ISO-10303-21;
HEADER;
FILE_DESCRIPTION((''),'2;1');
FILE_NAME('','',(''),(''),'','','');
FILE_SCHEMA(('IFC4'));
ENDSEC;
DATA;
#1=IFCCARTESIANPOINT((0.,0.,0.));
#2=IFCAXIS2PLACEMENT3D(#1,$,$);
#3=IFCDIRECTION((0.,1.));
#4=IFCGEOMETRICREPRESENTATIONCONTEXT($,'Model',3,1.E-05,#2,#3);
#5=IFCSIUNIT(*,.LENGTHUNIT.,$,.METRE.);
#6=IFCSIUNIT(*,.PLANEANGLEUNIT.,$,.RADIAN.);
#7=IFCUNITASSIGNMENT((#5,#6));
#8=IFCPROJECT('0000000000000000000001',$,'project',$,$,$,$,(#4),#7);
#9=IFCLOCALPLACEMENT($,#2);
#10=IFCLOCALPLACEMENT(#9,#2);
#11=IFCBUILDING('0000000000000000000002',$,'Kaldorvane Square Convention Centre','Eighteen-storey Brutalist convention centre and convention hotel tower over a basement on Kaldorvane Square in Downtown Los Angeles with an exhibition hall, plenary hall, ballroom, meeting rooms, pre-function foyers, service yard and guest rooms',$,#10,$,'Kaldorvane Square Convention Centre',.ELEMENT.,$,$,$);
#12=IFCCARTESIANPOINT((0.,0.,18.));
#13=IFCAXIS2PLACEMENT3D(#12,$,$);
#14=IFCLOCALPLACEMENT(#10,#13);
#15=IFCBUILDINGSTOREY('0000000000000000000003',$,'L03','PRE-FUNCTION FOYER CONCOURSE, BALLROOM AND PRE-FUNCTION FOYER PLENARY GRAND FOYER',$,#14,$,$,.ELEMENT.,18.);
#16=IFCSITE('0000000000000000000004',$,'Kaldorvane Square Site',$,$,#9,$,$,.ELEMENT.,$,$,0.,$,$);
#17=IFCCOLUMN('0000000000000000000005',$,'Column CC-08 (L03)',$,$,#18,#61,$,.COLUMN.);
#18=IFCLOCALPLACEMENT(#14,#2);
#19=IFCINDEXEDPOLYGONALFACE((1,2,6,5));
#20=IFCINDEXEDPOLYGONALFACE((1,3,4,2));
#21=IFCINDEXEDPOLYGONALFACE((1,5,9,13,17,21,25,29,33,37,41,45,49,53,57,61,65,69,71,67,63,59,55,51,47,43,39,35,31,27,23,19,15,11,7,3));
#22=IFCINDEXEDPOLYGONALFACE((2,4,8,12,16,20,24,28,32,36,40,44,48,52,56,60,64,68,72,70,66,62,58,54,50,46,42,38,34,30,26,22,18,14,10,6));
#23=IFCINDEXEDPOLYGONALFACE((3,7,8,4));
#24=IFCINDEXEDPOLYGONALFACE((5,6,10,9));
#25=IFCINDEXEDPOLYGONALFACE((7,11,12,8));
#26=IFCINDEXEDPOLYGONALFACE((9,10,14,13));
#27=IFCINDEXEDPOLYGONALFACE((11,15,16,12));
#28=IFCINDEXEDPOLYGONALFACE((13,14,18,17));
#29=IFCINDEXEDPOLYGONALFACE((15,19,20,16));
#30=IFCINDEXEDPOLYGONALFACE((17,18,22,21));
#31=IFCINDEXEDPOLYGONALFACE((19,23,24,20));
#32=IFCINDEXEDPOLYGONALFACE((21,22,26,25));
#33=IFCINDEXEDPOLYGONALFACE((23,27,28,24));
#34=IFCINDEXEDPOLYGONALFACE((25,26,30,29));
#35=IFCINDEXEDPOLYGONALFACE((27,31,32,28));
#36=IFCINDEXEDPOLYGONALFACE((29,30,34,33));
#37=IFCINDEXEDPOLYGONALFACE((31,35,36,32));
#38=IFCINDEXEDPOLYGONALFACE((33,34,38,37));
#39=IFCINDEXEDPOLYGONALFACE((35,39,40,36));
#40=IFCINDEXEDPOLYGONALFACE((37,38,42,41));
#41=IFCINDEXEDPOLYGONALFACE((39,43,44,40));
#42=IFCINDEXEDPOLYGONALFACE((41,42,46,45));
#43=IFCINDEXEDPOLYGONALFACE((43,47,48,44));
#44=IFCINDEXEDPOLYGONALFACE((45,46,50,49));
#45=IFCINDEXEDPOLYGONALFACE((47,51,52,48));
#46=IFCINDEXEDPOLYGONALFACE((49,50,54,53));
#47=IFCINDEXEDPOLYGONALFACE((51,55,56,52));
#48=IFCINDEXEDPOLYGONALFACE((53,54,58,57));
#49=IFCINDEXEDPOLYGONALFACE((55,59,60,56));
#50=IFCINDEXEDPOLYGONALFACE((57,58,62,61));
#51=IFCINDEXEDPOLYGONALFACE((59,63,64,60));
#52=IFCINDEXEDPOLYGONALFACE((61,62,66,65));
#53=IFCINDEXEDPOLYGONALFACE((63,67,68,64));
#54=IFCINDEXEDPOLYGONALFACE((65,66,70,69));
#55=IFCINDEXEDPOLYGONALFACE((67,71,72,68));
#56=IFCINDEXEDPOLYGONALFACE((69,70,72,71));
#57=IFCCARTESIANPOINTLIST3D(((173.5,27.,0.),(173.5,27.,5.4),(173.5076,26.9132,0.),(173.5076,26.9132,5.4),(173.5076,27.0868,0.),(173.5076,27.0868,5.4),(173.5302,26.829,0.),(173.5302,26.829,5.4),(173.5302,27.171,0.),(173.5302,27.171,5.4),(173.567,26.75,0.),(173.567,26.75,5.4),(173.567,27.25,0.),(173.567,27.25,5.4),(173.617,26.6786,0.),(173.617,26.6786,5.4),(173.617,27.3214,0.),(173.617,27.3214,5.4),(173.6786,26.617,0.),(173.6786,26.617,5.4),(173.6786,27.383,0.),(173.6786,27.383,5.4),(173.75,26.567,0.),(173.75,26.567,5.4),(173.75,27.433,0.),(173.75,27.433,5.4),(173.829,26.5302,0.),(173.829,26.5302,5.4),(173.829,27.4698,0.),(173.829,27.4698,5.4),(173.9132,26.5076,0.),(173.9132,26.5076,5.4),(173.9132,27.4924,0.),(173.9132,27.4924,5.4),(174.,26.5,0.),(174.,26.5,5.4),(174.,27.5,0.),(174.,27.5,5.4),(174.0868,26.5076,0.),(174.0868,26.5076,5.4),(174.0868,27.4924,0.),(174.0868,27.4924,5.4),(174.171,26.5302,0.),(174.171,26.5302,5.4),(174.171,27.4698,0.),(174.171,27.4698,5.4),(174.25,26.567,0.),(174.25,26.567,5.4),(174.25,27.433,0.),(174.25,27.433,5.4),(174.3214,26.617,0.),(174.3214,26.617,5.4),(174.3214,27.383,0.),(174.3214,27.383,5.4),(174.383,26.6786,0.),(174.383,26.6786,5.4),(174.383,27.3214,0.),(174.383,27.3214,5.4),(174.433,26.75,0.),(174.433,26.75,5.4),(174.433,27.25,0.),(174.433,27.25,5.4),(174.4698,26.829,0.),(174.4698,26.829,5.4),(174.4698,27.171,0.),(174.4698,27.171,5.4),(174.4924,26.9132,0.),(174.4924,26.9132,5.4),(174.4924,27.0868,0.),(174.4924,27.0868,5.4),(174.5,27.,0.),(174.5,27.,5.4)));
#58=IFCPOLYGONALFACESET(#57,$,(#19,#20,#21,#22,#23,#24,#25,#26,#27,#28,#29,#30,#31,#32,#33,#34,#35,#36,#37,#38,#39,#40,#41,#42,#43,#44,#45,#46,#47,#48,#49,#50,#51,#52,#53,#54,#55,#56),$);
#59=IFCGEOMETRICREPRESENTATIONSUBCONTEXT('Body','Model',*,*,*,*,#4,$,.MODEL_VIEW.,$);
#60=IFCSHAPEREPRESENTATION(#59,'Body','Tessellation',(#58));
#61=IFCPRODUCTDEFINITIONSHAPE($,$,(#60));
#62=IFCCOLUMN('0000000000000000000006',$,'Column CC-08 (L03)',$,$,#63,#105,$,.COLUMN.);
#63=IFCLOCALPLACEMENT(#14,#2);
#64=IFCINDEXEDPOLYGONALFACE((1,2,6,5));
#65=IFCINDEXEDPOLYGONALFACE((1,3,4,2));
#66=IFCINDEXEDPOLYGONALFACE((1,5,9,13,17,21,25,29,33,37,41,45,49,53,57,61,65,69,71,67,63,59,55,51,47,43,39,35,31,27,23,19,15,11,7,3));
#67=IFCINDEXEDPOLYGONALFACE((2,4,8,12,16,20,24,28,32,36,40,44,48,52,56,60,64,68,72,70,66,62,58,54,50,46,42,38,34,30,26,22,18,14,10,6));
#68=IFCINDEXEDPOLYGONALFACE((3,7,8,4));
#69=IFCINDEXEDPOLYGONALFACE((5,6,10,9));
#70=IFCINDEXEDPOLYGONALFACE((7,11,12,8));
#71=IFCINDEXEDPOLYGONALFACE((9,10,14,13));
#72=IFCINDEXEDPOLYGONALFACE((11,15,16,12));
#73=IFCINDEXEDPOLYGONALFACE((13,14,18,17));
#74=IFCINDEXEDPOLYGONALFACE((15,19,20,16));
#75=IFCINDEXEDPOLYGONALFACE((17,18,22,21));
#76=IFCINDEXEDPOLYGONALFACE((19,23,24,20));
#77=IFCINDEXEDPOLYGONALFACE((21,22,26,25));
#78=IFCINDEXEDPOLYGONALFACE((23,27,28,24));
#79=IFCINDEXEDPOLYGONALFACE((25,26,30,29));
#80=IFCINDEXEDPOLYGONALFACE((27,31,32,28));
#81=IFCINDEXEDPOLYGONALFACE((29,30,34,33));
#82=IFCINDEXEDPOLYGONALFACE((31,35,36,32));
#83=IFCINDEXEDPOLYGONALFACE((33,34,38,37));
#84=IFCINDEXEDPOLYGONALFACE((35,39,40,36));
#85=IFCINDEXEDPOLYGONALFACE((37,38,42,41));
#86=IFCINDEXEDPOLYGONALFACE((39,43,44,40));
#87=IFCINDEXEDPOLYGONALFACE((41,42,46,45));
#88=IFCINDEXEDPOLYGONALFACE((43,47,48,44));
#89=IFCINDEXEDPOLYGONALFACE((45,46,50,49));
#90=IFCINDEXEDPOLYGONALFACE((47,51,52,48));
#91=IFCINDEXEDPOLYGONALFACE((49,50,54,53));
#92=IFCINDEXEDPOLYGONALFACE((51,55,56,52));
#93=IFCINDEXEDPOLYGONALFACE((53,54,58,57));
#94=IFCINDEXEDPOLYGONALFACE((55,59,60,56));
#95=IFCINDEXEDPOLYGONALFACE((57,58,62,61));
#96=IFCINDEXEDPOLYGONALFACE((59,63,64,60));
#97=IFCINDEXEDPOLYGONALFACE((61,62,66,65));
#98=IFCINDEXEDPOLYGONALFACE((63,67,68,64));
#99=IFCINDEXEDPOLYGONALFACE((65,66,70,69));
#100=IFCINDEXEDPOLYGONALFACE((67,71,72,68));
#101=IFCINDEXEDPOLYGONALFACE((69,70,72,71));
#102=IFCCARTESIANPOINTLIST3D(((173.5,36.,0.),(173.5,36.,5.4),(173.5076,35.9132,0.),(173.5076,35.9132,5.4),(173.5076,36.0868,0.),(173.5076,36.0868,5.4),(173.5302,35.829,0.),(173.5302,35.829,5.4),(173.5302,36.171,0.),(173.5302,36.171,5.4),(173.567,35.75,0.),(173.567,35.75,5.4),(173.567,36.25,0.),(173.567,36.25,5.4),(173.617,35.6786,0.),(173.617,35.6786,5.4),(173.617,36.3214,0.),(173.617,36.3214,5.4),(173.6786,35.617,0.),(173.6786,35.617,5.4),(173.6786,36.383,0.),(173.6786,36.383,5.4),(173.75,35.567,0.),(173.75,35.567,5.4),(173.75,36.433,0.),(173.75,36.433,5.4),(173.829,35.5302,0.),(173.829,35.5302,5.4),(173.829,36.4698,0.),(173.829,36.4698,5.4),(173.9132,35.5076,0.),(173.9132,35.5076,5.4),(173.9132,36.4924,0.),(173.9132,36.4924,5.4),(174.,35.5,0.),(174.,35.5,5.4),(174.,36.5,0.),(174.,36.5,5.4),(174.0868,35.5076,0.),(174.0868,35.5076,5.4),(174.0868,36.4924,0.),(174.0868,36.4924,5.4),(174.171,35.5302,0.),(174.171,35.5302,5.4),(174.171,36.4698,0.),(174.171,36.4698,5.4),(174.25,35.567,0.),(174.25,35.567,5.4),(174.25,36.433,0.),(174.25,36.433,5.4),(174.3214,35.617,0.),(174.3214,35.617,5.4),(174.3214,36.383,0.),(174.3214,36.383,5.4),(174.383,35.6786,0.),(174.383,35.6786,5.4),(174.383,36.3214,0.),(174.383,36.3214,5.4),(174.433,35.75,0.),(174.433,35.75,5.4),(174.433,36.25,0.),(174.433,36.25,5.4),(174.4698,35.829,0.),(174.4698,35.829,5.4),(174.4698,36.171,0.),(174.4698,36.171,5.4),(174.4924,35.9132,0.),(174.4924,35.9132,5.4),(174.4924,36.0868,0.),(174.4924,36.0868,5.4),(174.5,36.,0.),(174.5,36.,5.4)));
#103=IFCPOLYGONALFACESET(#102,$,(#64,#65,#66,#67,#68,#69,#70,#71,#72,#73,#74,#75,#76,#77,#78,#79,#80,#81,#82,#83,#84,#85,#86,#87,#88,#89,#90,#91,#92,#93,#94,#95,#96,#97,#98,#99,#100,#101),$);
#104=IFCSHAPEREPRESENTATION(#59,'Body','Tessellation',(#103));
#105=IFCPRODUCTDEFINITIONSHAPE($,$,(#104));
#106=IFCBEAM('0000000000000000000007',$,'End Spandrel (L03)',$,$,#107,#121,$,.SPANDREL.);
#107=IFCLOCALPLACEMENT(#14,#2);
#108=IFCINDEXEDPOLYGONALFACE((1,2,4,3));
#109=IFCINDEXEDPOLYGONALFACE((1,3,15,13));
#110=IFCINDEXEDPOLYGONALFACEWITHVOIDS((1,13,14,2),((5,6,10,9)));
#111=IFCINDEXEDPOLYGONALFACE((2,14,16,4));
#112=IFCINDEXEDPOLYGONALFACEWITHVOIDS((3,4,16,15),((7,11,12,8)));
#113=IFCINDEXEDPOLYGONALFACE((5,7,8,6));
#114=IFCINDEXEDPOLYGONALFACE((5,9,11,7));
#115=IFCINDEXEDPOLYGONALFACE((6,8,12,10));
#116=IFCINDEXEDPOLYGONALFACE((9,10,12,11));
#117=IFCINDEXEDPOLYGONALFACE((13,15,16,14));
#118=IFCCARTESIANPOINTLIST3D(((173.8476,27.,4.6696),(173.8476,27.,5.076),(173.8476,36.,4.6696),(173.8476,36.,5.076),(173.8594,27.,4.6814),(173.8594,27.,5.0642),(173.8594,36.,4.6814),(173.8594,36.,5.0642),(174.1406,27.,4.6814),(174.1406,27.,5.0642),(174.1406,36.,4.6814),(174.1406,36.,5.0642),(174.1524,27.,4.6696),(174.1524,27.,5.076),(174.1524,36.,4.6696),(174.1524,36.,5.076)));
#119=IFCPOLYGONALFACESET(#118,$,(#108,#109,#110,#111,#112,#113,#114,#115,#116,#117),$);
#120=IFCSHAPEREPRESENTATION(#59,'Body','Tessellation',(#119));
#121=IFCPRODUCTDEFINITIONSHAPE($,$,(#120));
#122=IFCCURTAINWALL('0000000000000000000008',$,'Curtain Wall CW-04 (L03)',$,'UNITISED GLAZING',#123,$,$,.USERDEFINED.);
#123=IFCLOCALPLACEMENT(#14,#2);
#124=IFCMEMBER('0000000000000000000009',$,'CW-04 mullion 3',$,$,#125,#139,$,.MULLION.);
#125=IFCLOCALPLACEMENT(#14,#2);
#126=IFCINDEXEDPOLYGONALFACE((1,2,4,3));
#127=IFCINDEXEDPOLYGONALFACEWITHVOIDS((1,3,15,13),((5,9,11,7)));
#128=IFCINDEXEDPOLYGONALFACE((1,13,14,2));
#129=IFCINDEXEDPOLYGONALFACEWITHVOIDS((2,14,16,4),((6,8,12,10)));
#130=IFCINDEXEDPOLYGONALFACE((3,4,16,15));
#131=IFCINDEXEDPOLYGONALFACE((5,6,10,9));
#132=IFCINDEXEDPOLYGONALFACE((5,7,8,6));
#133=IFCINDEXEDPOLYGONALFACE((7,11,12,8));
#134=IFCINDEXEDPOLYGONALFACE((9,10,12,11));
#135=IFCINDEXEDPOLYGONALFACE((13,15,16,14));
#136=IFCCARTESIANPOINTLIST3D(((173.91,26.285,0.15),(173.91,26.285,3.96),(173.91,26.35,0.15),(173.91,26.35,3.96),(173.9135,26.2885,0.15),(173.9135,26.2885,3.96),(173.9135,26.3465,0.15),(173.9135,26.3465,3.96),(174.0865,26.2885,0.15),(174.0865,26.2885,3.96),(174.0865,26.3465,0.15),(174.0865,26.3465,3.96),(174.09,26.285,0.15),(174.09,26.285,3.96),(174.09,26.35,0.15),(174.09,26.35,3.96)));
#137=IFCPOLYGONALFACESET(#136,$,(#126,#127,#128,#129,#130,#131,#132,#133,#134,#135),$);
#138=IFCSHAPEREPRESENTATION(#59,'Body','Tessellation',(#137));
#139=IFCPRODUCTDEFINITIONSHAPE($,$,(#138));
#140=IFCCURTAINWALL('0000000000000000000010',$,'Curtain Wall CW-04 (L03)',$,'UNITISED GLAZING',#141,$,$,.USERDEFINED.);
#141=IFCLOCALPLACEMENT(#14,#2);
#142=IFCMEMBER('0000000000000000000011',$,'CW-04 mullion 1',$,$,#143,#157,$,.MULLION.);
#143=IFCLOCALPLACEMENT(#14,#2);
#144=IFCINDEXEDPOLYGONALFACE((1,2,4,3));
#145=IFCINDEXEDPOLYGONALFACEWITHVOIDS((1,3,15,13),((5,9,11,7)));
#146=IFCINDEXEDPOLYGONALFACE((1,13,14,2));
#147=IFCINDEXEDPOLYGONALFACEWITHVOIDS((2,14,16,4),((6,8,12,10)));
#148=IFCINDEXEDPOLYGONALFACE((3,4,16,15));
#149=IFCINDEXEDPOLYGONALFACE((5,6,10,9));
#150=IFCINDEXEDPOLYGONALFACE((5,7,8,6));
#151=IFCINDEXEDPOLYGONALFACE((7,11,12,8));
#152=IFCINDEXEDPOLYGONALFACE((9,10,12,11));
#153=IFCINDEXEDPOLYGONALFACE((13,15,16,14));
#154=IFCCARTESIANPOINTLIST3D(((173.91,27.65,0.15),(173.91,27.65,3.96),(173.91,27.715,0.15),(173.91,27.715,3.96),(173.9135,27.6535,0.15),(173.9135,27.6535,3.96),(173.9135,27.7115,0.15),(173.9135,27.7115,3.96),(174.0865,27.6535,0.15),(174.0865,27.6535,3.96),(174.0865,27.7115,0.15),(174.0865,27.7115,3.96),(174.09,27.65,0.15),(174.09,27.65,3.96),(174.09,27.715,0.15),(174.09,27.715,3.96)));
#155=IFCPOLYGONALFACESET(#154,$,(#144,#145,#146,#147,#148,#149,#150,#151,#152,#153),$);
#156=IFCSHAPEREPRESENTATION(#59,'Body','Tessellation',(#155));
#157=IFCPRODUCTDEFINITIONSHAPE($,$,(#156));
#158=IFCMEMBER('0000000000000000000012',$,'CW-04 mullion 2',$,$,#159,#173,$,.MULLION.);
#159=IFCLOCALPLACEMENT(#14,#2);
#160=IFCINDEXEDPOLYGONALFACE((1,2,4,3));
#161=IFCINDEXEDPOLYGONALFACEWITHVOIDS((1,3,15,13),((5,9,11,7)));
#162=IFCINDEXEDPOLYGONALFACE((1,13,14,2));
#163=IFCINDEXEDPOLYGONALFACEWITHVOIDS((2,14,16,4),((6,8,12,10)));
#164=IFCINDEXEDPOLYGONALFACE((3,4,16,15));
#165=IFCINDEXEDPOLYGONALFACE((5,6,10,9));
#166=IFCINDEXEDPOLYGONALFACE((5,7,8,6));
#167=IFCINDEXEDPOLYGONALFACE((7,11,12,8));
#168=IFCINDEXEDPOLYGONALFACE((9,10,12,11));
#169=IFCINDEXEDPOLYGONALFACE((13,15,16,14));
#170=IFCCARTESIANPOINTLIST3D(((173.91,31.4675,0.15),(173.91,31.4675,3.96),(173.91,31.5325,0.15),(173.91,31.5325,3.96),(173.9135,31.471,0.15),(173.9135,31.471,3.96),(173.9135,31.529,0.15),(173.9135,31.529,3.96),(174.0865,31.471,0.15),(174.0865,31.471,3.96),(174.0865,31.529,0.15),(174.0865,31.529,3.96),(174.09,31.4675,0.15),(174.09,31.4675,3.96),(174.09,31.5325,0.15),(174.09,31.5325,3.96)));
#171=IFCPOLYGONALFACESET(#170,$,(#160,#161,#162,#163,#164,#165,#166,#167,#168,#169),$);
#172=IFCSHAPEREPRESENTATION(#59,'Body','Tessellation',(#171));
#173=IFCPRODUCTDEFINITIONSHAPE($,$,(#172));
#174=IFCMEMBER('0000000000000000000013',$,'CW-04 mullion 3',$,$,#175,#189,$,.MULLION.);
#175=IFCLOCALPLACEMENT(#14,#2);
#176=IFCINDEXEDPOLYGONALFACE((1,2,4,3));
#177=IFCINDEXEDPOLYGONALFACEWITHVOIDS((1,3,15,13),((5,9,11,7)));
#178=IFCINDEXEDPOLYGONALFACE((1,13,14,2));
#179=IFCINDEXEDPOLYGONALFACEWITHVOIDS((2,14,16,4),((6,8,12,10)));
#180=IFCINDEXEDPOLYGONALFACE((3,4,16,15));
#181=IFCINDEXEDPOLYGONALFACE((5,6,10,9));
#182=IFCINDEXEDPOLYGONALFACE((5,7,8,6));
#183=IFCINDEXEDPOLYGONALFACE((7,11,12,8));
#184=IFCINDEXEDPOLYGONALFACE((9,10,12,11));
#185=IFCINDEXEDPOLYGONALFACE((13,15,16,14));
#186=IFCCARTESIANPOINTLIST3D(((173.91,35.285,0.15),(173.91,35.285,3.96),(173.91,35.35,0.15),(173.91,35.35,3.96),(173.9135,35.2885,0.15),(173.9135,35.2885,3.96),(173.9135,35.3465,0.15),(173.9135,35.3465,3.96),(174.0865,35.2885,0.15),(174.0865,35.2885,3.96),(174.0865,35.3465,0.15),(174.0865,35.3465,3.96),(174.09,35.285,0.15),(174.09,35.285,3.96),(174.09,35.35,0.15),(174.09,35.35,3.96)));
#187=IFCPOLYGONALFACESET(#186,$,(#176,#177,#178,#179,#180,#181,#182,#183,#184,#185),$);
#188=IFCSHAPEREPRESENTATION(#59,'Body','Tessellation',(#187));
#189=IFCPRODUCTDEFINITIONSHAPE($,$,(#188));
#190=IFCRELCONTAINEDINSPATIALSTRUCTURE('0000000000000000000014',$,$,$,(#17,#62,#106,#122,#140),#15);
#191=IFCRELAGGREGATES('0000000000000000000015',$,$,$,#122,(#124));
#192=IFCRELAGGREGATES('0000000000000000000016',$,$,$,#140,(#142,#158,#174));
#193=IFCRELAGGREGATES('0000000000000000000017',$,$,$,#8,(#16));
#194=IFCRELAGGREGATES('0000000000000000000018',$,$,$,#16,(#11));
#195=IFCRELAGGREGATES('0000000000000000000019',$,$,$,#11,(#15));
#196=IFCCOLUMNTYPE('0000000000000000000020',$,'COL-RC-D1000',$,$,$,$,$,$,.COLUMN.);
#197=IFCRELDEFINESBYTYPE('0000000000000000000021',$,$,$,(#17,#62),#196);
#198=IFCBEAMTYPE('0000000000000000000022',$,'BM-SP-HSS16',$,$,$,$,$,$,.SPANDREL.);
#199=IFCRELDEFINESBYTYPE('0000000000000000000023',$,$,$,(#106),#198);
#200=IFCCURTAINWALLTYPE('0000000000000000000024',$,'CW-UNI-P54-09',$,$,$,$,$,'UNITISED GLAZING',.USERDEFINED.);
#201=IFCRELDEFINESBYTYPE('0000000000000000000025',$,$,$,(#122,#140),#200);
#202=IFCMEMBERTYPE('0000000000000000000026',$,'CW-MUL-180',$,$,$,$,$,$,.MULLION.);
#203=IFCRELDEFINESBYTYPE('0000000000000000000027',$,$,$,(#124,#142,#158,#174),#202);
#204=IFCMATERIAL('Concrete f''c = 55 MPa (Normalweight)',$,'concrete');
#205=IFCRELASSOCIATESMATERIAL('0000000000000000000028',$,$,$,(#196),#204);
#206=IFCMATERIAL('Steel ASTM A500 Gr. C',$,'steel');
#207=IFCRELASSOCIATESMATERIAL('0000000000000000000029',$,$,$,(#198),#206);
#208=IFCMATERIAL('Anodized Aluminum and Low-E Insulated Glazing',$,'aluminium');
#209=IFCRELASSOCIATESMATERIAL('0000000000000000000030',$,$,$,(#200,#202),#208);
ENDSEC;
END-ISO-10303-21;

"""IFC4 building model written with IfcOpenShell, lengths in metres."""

from ifc_helpers import new_model, si_unit, direction, frame, origin, origin_2d, place, context, subcontext, project, spatial, hollow_rectangle, circle, extrude, material, material_profile, profile_set, type_object, element, aggregate, save


model = new_model("IFC4")

# Units and contexts
model_context = context("Model", 3, precision=1e-05, world=origin(), true_north=direction((0.0, 1.0)))
body_context = subcontext(model_context, "Body", "Model", "MODEL_VIEW")
ifc_project = project(units=[si_unit("LENGTHUNIT", "METRE"), si_unit("PLANEANGLEUNIT", "RADIAN")], contexts=[model_context])

# Site, building, storey
site_placement = place(None, origin())
site = spatial("IfcSite", under=ifc_project, at=site_placement, Name="Kaldorvane Square Site", CompositionType="ELEMENT", RefElevation=0.0)
building_placement = place(site_placement, origin())
building = spatial("IfcBuilding", under=site, at=building_placement, Name="Kaldorvane Square Convention Centre", Description="Eighteen-storey Brutalist convention centre and convention hotel tower over a basement on Kaldorvane Square in Downtown Los Angeles with an exhibition hall, plenary hall, ballroom, meeting rooms, pre-function foyers, service yard and guest rooms", LongName="Kaldorvane Square Convention Centre", CompositionType="ELEMENT")
storey_placement = place(building_placement, frame((0.0, 0.0, 18.0)))
storey = spatial("IfcBuildingStorey", under=building, at=storey_placement, Name="L03", Description="PRE-FUNCTION FOYER CONCOURSE, BALLROOM AND PRE-FUNCTION FOYER PLENARY GRAND FOYER", CompositionType="ELEMENT", Elevation=18.0)

# Columns
ifc_material_1 = material(Name="Concrete f'c = 55 MPa (Normalweight)", Category="concrete")
ifc_material_profile_1 = material_profile(ifc_material_1, circle(Radius=0.5, at=origin_2d()), Name="RC-D1000")
ifc_profile_set_1 = profile_set([ifc_material_profile_1], Name="Concrete f'c = 55 MPa (Normalweight)")
column_type = type_object("IfcColumnType", Name="COL-RC-D1000", PredefinedType="COLUMN", material=ifc_profile_set_1)
for number, where, z_axis, x_axis, name in (
    (1, (174.0, 27.0, 0.0), (0.0, 0.0, 1.0), (1.0, 0.0, 0.0), "Column CC-08 (L03)"),
    (2, (174.0, 36.0, 0.0), (0.0, 0.0, 1.0), (1.0, 0.0, 0.0), "Column CC-08 (L03)"),
):
    element("IfcColumn", number, at=place(storey_placement, frame(where, z_axis=z_axis, x_axis=x_axis)), inside=storey, type_object=column_type, Name=name, PredefinedType="COLUMN", context=body_context, shape_type="SweptSolid", body=[
        extrude(circle(Radius=0.5, at=origin_2d()), origin(), (0.0, 0.0, 1.0), 5.4),
    ])

# Beam
ifc_material_2 = material(Name="Steel ASTM A500 Gr. C", Category="steel")
ifc_material_profile_2 = material_profile(ifc_material_2, hollow_rectangle(XDim=0.3048, YDim=0.4064, WallThickness=0.0118, at=origin_2d()), Name="HSS16X12X1/2")
ifc_profile_set_2 = profile_set([ifc_material_profile_2], Name="Steel ASTM A500 Gr. C")
beam_type = type_object("IfcBeamType", Name="BM-SP-HSS16", PredefinedType="SPANDREL", material=ifc_profile_set_2)
beam_placement = place(storey_placement, frame((174.0, 27.0, 4.8728), z_axis=(0.0, 1.0, 0.0), x_axis=(-1.0, 0.0, 0.0)))
element("IfcBeam", 3, at=beam_placement, inside=storey, type_object=beam_type, Name="End Spandrel (L03)", PredefinedType="SPANDREL", context=body_context, shape_type="SweptSolid", body=[
    extrude(hollow_rectangle(XDim=0.3048, YDim=0.4064, WallThickness=0.0118, at=origin_2d()), origin(), (0.0, 0.0, 1.0), 9.0),
])

# Curtain wall, member
ifc_material_3 = material(Name="Anodized Aluminum and Low-E Insulated Glazing", Category="aluminium")
curtain_wall_type_1 = type_object("IfcCurtainWallType", Name="CW-UNI-P54-09", ElementType="UNITISED GLAZING", PredefinedType="USERDEFINED", material=ifc_material_3)
curtain_wall_1_placement = place(storey_placement, origin())
curtain_wall_1 = element("IfcCurtainWall", 4, at=curtain_wall_1_placement, inside=storey, type_object=curtain_wall_type_1, Name="Curtain Wall CW-04 (L03)", ObjectType="UNITISED GLAZING", PredefinedType="USERDEFINED")
ifc_material_profile_3 = material_profile(ifc_material_3, hollow_rectangle(XDim=0.065, YDim=0.18, WallThickness=0.0035, at=origin_2d()), Name="CWM-180X65")
ifc_profile_set_3 = profile_set([ifc_material_profile_3], Name="Anodized Aluminum and Low-E Insulated Glazing")
member_type_1 = type_object("IfcMemberType", Name="CW-MUL-180", PredefinedType="MULLION", material=ifc_profile_set_3)
member_1_placement = place(storey_placement, frame((174.0, 26.3175, 0.15), z_axis=(0.0, 0.0, 1.0), x_axis=(0.0, 1.0, 0.0)))
member_1 = element("IfcMember", 5, at=member_1_placement, type_object=member_type_1, Name="CW-04 mullion 3", PredefinedType="MULLION", context=body_context, shape_type="SweptSolid", body=[
    extrude(hollow_rectangle(XDim=0.065, YDim=0.18, WallThickness=0.0035, at=origin_2d()), origin(), (0.0, 0.0, 1.0), 3.81),
])

# Curtain wall, members
curtain_wall_2_placement = place(storey_placement, origin())
curtain_wall_2 = element("IfcCurtainWall", 6, at=curtain_wall_2_placement, inside=storey, type_object=curtain_wall_type_1, Name="Curtain Wall CW-04 (L03)", ObjectType="UNITISED GLAZING", PredefinedType="USERDEFINED")
member_2_placement = place(storey_placement, frame((174.0, 27.6825, 0.15), z_axis=(0.0, 0.0, 1.0), x_axis=(0.0, 1.0, 0.0)))
member_2 = element("IfcMember", 7, at=member_2_placement, type_object=member_type_1, Name="CW-04 mullion 1", PredefinedType="MULLION", context=body_context, shape_type="SweptSolid", body=[
    extrude(hollow_rectangle(XDim=0.065, YDim=0.18, WallThickness=0.0035, at=origin_2d()), origin(), (0.0, 0.0, 1.0), 3.81),
])
member_3_placement = place(storey_placement, frame((174.0, 31.5, 0.15), z_axis=(0.0, 0.0, 1.0), x_axis=(0.0, 1.0, 0.0)))
member_3 = element("IfcMember", 8, at=member_3_placement, type_object=member_type_1, Name="CW-04 mullion 2", PredefinedType="MULLION", context=body_context, shape_type="SweptSolid", body=[
    extrude(hollow_rectangle(XDim=0.065, YDim=0.18, WallThickness=0.0035, at=origin_2d()), origin(), (0.0, 0.0, 1.0), 3.81),
])
member_4_placement = place(storey_placement, frame((174.0, 35.3175, 0.15), z_axis=(0.0, 0.0, 1.0), x_axis=(0.0, 1.0, 0.0)))
member_4 = element("IfcMember", 9, at=member_4_placement, type_object=member_type_1, Name="CW-04 mullion 3", PredefinedType="MULLION", context=body_context, shape_type="SweptSolid", body=[
    extrude(hollow_rectangle(XDim=0.065, YDim=0.18, WallThickness=0.0035, at=origin_2d()), origin(), (0.0, 0.0, 1.0), 3.81),
])

aggregate(curtain_wall_1, [member_1])
aggregate(curtain_wall_2, [member_2, member_3, member_4])

save(model, "model.ifc")
